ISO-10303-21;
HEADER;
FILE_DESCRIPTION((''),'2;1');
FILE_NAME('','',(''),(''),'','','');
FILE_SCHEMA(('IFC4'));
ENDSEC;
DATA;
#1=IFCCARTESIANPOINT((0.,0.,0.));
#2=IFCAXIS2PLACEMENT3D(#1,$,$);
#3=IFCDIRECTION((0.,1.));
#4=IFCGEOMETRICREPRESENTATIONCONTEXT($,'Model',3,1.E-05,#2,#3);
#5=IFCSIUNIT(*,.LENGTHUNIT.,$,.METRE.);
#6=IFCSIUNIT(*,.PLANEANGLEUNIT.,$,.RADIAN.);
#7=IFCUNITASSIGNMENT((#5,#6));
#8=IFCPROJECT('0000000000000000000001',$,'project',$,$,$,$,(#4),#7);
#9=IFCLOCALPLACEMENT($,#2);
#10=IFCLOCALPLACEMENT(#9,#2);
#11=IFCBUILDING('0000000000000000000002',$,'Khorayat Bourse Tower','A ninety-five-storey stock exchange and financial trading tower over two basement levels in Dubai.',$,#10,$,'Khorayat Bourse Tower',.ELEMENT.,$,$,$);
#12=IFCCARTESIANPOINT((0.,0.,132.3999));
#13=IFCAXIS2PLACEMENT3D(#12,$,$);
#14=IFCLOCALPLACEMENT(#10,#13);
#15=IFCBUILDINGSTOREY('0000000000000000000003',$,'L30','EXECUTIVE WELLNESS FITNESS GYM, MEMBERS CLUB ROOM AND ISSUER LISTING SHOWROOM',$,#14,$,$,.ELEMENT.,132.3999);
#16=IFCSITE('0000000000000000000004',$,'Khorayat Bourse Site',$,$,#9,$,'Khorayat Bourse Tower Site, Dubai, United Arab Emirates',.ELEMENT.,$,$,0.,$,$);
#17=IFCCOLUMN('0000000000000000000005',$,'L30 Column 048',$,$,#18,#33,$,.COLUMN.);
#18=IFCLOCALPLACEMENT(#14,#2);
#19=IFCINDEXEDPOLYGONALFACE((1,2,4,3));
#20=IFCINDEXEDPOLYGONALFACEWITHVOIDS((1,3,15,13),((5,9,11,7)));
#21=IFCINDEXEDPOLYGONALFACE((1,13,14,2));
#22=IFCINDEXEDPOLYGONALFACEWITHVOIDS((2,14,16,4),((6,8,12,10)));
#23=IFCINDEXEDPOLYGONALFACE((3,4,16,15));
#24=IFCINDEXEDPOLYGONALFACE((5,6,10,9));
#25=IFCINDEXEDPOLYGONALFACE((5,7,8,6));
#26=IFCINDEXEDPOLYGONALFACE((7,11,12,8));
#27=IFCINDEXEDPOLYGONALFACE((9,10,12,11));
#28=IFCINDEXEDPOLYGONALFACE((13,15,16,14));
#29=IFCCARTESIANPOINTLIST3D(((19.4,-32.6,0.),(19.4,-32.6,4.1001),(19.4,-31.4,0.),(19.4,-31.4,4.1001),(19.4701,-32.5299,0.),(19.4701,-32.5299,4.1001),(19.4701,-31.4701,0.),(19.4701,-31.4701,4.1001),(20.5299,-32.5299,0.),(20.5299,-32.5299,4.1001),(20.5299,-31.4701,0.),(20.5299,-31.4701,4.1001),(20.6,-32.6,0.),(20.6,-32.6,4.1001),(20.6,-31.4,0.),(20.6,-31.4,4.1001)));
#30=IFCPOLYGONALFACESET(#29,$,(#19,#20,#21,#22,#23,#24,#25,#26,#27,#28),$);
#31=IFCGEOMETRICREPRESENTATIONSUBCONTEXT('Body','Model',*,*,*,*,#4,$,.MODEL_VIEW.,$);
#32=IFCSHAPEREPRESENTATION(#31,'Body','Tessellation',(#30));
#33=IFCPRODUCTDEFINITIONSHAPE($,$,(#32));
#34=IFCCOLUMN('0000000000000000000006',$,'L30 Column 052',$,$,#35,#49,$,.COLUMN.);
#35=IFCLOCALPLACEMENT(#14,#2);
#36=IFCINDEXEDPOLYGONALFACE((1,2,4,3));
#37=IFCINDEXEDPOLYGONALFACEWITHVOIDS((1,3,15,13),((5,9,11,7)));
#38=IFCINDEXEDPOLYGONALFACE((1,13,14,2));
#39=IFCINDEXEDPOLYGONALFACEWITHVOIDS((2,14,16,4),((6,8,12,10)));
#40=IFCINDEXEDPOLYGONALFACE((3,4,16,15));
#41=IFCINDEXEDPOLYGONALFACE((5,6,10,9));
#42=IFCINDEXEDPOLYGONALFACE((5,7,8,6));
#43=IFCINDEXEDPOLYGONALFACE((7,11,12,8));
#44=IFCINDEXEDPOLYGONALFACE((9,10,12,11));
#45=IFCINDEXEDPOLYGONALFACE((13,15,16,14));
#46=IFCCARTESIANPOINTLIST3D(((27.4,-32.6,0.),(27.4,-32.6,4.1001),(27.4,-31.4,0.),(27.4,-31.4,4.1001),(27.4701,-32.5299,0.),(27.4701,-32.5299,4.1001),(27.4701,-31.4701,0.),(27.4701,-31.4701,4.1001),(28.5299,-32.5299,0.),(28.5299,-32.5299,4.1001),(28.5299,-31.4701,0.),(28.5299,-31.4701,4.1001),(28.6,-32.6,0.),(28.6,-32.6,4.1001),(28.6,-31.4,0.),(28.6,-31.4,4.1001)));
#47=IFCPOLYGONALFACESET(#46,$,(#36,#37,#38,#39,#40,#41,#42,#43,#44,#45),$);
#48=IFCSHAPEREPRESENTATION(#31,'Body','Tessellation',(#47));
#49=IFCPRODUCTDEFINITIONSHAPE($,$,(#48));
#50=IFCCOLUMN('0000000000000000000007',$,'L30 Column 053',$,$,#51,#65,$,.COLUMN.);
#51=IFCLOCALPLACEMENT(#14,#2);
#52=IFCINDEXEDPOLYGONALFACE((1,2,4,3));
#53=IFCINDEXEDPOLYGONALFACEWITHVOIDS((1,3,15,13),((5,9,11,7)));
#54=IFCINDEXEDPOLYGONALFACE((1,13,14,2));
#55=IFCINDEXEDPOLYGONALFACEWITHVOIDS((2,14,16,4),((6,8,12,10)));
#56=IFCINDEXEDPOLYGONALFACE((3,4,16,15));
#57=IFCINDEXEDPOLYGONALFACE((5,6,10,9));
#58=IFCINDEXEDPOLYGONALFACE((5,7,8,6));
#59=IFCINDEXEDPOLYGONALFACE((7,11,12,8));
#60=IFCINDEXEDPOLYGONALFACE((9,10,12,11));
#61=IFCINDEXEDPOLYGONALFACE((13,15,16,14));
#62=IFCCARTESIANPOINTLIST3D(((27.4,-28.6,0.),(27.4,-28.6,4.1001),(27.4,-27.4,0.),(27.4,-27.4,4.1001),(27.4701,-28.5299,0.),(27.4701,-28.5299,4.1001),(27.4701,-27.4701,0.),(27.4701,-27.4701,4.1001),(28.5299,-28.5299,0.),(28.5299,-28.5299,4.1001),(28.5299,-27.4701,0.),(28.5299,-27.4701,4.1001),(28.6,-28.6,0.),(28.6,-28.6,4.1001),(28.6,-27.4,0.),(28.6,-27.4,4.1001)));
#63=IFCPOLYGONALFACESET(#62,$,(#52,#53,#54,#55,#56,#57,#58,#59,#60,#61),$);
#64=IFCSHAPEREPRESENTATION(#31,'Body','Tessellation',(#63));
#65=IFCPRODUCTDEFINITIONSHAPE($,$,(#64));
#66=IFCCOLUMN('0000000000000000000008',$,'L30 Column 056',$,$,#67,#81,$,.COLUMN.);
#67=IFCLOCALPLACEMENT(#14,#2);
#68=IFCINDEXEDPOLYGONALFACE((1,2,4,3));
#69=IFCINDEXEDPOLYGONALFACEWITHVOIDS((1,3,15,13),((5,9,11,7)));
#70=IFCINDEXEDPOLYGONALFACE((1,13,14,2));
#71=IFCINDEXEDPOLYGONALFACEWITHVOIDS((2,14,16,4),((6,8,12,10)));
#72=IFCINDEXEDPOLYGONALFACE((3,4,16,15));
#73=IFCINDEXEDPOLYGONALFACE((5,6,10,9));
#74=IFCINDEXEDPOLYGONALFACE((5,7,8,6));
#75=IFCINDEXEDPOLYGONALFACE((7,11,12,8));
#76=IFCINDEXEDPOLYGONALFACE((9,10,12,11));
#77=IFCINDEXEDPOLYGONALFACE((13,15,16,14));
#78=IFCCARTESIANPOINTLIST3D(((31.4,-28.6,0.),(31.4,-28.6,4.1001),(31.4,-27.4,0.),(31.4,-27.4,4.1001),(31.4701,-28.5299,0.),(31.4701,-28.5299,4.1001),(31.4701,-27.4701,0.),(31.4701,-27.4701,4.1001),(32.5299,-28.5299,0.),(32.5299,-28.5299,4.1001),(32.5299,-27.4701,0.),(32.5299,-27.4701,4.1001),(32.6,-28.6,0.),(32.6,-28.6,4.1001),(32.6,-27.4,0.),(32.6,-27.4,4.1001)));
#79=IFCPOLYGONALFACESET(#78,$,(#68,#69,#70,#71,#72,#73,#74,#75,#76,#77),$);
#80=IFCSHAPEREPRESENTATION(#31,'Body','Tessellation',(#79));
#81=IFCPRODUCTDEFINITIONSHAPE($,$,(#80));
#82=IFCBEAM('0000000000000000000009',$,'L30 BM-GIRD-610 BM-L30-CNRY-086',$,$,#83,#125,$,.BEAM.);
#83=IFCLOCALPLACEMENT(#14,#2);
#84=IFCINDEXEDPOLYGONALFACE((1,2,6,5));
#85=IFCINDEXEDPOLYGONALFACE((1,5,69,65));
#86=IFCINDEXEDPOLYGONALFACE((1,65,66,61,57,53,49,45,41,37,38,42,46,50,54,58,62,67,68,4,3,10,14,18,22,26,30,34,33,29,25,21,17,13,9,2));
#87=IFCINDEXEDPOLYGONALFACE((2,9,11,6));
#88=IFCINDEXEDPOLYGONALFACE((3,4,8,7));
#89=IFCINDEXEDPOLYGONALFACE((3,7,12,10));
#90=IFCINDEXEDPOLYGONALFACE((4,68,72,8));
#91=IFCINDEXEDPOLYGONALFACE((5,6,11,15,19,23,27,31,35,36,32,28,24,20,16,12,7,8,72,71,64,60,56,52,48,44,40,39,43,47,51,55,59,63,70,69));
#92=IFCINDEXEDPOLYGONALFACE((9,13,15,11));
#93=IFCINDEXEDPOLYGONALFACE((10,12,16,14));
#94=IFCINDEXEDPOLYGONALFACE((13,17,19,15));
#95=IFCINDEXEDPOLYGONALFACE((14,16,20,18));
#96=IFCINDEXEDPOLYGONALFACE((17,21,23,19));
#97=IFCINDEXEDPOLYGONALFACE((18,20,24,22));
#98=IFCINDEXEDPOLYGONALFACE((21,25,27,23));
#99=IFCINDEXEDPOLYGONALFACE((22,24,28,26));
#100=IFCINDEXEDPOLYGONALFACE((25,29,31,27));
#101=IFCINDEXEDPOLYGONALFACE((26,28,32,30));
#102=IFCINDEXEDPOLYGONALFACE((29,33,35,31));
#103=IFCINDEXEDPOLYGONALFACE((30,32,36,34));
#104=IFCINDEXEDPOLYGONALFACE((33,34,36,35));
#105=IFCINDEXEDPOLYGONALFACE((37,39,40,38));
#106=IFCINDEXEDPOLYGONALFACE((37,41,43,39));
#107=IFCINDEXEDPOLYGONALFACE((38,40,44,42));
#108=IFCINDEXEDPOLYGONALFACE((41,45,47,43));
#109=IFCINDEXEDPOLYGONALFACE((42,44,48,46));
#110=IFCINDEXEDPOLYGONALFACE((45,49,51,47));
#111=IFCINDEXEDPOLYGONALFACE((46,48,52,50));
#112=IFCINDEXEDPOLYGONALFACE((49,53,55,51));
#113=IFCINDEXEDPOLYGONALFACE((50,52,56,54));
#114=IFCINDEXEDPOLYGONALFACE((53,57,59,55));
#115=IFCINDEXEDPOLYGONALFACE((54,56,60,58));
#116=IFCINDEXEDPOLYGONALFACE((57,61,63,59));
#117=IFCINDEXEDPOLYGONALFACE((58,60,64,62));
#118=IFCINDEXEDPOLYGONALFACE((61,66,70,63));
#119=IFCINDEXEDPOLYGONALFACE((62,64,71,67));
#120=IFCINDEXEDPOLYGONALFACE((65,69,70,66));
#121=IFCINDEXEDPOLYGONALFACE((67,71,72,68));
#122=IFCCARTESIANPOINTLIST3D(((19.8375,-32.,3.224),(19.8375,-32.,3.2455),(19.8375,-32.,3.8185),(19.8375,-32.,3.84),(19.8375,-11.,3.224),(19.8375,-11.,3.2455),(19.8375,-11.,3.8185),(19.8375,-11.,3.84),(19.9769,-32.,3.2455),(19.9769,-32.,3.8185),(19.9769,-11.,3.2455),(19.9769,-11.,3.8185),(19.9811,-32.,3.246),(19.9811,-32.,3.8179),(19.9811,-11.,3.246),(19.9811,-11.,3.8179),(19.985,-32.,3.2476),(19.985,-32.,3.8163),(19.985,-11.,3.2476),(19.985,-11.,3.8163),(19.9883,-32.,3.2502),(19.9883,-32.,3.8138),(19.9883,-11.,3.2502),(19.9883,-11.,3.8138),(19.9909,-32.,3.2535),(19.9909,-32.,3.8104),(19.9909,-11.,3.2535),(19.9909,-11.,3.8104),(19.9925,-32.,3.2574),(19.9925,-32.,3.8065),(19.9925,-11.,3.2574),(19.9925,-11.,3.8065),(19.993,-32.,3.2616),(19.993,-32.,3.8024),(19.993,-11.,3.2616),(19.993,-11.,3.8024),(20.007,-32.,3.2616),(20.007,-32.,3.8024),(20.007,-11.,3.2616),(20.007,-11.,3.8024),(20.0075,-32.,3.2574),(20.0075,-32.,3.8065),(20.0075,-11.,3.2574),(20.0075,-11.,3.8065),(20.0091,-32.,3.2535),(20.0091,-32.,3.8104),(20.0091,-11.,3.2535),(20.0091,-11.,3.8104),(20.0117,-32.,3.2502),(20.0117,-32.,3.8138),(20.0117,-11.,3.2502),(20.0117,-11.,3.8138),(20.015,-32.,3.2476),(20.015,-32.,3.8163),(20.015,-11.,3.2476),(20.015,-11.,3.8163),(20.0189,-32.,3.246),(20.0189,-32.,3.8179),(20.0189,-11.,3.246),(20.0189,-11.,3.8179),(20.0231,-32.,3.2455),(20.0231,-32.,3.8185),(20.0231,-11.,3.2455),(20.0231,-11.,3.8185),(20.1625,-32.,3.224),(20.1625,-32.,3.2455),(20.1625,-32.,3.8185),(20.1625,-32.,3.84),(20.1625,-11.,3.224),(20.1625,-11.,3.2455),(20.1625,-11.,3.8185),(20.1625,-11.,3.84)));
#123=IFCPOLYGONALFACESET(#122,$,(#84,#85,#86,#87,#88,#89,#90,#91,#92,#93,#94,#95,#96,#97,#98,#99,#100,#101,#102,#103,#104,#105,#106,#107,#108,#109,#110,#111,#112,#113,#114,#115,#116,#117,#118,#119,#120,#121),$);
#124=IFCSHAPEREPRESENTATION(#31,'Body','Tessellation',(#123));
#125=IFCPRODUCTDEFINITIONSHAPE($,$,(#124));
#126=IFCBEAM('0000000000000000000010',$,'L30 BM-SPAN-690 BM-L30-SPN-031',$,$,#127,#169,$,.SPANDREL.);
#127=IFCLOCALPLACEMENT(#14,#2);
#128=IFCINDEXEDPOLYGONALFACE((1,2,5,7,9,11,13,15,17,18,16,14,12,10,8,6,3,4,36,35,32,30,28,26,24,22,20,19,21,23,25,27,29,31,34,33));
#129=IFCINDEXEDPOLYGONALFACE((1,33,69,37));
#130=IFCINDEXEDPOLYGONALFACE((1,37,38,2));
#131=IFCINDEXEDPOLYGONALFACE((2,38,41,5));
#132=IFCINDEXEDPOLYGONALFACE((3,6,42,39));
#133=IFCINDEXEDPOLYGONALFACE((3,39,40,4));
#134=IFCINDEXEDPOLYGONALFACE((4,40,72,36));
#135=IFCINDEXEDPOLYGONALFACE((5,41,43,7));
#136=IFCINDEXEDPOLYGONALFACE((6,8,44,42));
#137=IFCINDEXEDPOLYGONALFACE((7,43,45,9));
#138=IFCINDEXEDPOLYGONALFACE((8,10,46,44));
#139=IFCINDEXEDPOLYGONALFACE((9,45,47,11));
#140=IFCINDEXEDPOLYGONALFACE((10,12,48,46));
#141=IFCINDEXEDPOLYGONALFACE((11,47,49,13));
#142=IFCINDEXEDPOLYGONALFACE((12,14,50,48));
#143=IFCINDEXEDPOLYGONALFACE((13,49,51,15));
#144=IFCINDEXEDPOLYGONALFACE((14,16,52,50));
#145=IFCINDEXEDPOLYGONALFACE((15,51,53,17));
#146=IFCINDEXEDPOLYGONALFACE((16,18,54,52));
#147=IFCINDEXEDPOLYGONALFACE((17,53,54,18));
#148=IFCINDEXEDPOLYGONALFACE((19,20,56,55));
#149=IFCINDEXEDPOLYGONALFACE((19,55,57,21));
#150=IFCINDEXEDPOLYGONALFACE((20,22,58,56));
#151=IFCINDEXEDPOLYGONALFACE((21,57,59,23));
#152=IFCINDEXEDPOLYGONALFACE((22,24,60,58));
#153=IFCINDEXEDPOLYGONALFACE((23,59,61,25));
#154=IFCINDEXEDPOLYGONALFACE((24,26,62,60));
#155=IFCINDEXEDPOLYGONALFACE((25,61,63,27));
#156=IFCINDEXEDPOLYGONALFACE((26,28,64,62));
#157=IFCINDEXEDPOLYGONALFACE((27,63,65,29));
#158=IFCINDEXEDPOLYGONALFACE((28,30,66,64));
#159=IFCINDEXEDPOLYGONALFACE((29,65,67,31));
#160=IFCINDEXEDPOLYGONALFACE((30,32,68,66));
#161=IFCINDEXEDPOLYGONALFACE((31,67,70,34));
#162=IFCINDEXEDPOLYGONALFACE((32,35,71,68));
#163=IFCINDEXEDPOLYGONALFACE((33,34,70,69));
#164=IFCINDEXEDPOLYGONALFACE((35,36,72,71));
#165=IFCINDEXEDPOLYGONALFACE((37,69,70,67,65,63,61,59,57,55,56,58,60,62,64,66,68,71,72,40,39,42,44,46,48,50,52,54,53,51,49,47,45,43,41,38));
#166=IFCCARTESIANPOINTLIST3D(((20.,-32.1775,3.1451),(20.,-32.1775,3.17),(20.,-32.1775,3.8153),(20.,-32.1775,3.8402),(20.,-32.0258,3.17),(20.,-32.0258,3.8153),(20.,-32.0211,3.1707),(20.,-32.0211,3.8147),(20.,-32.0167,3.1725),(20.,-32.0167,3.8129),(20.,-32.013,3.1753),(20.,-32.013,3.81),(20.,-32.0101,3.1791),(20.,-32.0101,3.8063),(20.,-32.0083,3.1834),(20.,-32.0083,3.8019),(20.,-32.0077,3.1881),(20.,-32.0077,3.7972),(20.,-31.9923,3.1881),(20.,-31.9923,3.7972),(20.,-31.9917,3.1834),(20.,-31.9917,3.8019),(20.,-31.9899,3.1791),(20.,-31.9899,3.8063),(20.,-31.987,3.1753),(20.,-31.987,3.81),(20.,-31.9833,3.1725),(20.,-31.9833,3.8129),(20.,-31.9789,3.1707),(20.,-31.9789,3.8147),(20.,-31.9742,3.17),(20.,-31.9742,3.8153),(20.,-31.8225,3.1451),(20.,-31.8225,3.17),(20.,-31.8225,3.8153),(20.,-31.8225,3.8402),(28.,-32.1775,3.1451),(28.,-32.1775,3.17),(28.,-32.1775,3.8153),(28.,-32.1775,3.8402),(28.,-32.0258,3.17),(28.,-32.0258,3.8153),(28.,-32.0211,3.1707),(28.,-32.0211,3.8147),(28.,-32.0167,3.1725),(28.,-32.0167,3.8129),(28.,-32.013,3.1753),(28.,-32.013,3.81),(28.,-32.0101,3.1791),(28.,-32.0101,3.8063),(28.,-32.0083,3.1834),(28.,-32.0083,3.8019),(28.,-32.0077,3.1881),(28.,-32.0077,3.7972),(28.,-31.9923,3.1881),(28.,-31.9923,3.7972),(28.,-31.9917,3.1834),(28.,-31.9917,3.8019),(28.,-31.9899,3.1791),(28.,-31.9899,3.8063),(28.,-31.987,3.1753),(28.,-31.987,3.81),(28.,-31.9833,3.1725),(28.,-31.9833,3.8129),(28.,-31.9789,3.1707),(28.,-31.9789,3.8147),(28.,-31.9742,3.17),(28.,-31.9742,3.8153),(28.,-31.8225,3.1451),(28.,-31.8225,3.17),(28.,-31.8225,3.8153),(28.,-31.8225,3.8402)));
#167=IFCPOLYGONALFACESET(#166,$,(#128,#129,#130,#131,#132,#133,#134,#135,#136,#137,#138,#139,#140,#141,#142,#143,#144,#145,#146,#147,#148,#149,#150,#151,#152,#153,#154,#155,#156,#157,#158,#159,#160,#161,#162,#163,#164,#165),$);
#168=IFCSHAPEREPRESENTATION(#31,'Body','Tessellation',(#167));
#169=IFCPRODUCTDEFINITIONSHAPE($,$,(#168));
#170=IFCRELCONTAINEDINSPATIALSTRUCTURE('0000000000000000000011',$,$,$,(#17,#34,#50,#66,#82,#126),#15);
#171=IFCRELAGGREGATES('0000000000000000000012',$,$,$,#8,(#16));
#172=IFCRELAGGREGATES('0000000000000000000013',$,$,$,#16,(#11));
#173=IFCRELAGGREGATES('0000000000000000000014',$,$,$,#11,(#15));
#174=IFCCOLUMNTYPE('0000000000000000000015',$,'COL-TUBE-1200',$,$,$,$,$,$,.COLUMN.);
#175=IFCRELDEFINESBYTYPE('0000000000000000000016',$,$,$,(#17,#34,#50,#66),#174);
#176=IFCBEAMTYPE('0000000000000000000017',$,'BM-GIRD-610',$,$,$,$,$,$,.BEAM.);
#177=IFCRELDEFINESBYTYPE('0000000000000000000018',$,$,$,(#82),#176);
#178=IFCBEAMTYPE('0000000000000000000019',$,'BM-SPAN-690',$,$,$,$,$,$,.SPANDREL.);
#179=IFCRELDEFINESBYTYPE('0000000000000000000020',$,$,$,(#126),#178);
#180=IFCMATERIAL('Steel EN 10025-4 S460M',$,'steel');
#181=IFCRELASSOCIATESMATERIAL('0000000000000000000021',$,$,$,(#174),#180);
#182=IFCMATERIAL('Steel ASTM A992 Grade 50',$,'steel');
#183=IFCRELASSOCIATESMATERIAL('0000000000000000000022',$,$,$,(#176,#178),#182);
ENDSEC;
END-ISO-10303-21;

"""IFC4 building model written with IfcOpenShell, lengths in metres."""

from ifc_helpers import new_model, si_unit, direction, frame, origin, origin_2d, place, context, subcontext, project, spatial, hollow_rectangle, i_section, extrude, source, transform, mapped, material, material_profile, profile_set, type_object, element, save


model = new_model("IFC4")

# Units and contexts
model_context = context("Model", 3, precision=1e-05, world=origin(), true_north=direction((0.0, 1.0)))
body_context = subcontext(model_context, "Body", "Model", "MODEL_VIEW")
ifc_project = project(units=[si_unit("LENGTHUNIT", "METRE"), si_unit("PLANEANGLEUNIT", "RADIAN")], contexts=[model_context])

# Site, building, storey
site_placement = place(None, origin())
site = spatial("IfcSite", under=ifc_project, at=site_placement, Name="Khorayat Bourse Site", LongName="Khorayat Bourse Tower Site, Dubai, United Arab Emirates", CompositionType="ELEMENT", RefElevation=0.0)
building_placement = place(site_placement, origin())
building = spatial("IfcBuilding", under=site, at=building_placement, Name="Khorayat Bourse Tower", Description="A ninety-five-storey stock exchange and financial trading tower over two basement levels in Dubai.", LongName="Khorayat Bourse Tower", CompositionType="ELEMENT")
storey_placement = place(building_placement, frame((0.0, 0.0, 132.3999)))
storey = spatial("IfcBuildingStorey", under=building, at=storey_placement, Name="L30", Description="EXECUTIVE WELLNESS FITNESS GYM, MEMBERS CLUB ROOM AND ISSUER LISTING SHOWROOM", CompositionType="ELEMENT", Elevation=132.3999)

# Columns
ifc_material_1 = material(Name="Steel EN 10025-4 S460M", Category="steel")
ifc_material_profile_1 = material_profile(ifc_material_1, hollow_rectangle(XDim=1.2, YDim=1.2, WallThickness=0.0701, at=origin_2d()), Name="BOX 1200x1200x70")
ifc_profile_set_1 = profile_set([ifc_material_profile_1], Name="Steel EN 10025-4 S460M")
column_type = type_object("IfcColumnType", Name="COL-TUBE-1200", PredefinedType="COLUMN", material=ifc_profile_set_1)
shared_shape_1 = source(origin(), body_context, "Body", "SweptSolid", [
    extrude(hollow_rectangle(XDim=1.2, YDim=1.2, WallThickness=0.0701, at=origin_2d()), origin(), (0.0, 0.0, 1.0), 4.1001),
])
for number, where, z_axis, x_axis, name in (
    (1, (20.0, -32.0, 0.0), (0.0, 0.0, 1.0), (1.0, 0.0, 0.0), "L30 Column 048"),
    (2, (28.0, -32.0, 0.0), (0.0, 0.0, 1.0), (1.0, 0.0, 0.0), "L30 Column 052"),
    (3, (28.0, -28.0, 0.0), (0.0, 0.0, 1.0), (1.0, 0.0, 0.0), "L30 Column 053"),
    (4, (32.0, -28.0, 0.0), (0.0, 0.0, 1.0), (1.0, 0.0, 0.0), "L30 Column 056"),
):
    element("IfcColumn", number, at=place(storey_placement, frame(where, z_axis=z_axis, x_axis=x_axis)), inside=storey, type_object=column_type, Name=name, PredefinedType="COLUMN", context=body_context, shape_type="MappedRepresentation", body=[
        mapped(shared_shape_1, transform((0.0, 0.0, 0.0), scale=1.0)),
    ])

# Beams
ifc_material_2 = material(Name="Steel ASTM A992 Grade 50", Category="steel")
ifc_material_profile_2 = material_profile(ifc_material_2, i_section(OverallWidth=0.325, OverallDepth=0.616, WebThickness=0.0139, FlangeThickness=0.0215, FilletRadius=0.0161, at=origin_2d()), Name="W610X174")
ifc_profile_set_2 = profile_set([ifc_material_profile_2], Name="Steel ASTM A992 Grade 50")
beam_type_1 = type_object("IfcBeamType", Name="BM-GIRD-610", PredefinedType="BEAM", material=ifc_profile_set_2)
shared_shape_2 = source(origin(), body_context, "Body", "SweptSolid", [
    extrude(i_section(OverallWidth=0.325, OverallDepth=0.616, WebThickness=0.0139, FlangeThickness=0.0215, FilletRadius=0.0161, at=origin_2d()), origin(), (0.0, 0.0, 1.0), 21.0),
])
beam_1_placement = place(storey_placement, frame((20.0, -32.0, 3.532), z_axis=(0.0, 1.0, 0.0), x_axis=(-1.0, 0.0, 0.0)))
element("IfcBeam", 5, at=beam_1_placement, inside=storey, type_object=beam_type_1, Name="L30 BM-GIRD-610 BM-L30-CNRY-086", PredefinedType="BEAM", context=body_context, shape_type="MappedRepresentation", body=[
    mapped(shared_shape_2, transform((0.0, 0.0, 0.0), scale=1.0)),
])
ifc_material_profile_3 = material_profile(ifc_material_2, i_section(OverallWidth=0.355, OverallDepth=0.6951, WebThickness=0.0154, FlangeThickness=0.0249, FilletRadius=0.0181, at=origin_2d()), Name="W690X217")
ifc_profile_set_3 = profile_set([ifc_material_profile_3], Name="Steel ASTM A992 Grade 50")
beam_type_2 = type_object("IfcBeamType", Name="BM-SPAN-690", PredefinedType="SPANDREL", material=ifc_profile_set_3)
shared_shape_3 = source(origin(), body_context, "Body", "SweptSolid", [
    extrude(i_section(OverallWidth=0.355, OverallDepth=0.6951, WebThickness=0.0154, FlangeThickness=0.0249, FilletRadius=0.0181, at=origin_2d()), origin(), (0.0, 0.0, 1.0), 8.0),
])
for number, where, z_axis, x_axis, name in (
    (6, (20.0, -32.0, 3.4927), (1.0, 0.0, 0.0), (0.0, 1.0, 0.0), "L30 BM-SPAN-690 BM-L30-SPN-031"),
):
    element("IfcBeam", number, at=place(storey_placement, frame(where, z_axis=z_axis, x_axis=x_axis)), inside=storey, type_object=beam_type_2, Name=name, PredefinedType="SPANDREL", context=body_context, shape_type="MappedRepresentation", body=[
        mapped(shared_shape_3, transform((0.0, 0.0, 0.0), scale=1.0)),
    ])

save(model, "model.ifc")
